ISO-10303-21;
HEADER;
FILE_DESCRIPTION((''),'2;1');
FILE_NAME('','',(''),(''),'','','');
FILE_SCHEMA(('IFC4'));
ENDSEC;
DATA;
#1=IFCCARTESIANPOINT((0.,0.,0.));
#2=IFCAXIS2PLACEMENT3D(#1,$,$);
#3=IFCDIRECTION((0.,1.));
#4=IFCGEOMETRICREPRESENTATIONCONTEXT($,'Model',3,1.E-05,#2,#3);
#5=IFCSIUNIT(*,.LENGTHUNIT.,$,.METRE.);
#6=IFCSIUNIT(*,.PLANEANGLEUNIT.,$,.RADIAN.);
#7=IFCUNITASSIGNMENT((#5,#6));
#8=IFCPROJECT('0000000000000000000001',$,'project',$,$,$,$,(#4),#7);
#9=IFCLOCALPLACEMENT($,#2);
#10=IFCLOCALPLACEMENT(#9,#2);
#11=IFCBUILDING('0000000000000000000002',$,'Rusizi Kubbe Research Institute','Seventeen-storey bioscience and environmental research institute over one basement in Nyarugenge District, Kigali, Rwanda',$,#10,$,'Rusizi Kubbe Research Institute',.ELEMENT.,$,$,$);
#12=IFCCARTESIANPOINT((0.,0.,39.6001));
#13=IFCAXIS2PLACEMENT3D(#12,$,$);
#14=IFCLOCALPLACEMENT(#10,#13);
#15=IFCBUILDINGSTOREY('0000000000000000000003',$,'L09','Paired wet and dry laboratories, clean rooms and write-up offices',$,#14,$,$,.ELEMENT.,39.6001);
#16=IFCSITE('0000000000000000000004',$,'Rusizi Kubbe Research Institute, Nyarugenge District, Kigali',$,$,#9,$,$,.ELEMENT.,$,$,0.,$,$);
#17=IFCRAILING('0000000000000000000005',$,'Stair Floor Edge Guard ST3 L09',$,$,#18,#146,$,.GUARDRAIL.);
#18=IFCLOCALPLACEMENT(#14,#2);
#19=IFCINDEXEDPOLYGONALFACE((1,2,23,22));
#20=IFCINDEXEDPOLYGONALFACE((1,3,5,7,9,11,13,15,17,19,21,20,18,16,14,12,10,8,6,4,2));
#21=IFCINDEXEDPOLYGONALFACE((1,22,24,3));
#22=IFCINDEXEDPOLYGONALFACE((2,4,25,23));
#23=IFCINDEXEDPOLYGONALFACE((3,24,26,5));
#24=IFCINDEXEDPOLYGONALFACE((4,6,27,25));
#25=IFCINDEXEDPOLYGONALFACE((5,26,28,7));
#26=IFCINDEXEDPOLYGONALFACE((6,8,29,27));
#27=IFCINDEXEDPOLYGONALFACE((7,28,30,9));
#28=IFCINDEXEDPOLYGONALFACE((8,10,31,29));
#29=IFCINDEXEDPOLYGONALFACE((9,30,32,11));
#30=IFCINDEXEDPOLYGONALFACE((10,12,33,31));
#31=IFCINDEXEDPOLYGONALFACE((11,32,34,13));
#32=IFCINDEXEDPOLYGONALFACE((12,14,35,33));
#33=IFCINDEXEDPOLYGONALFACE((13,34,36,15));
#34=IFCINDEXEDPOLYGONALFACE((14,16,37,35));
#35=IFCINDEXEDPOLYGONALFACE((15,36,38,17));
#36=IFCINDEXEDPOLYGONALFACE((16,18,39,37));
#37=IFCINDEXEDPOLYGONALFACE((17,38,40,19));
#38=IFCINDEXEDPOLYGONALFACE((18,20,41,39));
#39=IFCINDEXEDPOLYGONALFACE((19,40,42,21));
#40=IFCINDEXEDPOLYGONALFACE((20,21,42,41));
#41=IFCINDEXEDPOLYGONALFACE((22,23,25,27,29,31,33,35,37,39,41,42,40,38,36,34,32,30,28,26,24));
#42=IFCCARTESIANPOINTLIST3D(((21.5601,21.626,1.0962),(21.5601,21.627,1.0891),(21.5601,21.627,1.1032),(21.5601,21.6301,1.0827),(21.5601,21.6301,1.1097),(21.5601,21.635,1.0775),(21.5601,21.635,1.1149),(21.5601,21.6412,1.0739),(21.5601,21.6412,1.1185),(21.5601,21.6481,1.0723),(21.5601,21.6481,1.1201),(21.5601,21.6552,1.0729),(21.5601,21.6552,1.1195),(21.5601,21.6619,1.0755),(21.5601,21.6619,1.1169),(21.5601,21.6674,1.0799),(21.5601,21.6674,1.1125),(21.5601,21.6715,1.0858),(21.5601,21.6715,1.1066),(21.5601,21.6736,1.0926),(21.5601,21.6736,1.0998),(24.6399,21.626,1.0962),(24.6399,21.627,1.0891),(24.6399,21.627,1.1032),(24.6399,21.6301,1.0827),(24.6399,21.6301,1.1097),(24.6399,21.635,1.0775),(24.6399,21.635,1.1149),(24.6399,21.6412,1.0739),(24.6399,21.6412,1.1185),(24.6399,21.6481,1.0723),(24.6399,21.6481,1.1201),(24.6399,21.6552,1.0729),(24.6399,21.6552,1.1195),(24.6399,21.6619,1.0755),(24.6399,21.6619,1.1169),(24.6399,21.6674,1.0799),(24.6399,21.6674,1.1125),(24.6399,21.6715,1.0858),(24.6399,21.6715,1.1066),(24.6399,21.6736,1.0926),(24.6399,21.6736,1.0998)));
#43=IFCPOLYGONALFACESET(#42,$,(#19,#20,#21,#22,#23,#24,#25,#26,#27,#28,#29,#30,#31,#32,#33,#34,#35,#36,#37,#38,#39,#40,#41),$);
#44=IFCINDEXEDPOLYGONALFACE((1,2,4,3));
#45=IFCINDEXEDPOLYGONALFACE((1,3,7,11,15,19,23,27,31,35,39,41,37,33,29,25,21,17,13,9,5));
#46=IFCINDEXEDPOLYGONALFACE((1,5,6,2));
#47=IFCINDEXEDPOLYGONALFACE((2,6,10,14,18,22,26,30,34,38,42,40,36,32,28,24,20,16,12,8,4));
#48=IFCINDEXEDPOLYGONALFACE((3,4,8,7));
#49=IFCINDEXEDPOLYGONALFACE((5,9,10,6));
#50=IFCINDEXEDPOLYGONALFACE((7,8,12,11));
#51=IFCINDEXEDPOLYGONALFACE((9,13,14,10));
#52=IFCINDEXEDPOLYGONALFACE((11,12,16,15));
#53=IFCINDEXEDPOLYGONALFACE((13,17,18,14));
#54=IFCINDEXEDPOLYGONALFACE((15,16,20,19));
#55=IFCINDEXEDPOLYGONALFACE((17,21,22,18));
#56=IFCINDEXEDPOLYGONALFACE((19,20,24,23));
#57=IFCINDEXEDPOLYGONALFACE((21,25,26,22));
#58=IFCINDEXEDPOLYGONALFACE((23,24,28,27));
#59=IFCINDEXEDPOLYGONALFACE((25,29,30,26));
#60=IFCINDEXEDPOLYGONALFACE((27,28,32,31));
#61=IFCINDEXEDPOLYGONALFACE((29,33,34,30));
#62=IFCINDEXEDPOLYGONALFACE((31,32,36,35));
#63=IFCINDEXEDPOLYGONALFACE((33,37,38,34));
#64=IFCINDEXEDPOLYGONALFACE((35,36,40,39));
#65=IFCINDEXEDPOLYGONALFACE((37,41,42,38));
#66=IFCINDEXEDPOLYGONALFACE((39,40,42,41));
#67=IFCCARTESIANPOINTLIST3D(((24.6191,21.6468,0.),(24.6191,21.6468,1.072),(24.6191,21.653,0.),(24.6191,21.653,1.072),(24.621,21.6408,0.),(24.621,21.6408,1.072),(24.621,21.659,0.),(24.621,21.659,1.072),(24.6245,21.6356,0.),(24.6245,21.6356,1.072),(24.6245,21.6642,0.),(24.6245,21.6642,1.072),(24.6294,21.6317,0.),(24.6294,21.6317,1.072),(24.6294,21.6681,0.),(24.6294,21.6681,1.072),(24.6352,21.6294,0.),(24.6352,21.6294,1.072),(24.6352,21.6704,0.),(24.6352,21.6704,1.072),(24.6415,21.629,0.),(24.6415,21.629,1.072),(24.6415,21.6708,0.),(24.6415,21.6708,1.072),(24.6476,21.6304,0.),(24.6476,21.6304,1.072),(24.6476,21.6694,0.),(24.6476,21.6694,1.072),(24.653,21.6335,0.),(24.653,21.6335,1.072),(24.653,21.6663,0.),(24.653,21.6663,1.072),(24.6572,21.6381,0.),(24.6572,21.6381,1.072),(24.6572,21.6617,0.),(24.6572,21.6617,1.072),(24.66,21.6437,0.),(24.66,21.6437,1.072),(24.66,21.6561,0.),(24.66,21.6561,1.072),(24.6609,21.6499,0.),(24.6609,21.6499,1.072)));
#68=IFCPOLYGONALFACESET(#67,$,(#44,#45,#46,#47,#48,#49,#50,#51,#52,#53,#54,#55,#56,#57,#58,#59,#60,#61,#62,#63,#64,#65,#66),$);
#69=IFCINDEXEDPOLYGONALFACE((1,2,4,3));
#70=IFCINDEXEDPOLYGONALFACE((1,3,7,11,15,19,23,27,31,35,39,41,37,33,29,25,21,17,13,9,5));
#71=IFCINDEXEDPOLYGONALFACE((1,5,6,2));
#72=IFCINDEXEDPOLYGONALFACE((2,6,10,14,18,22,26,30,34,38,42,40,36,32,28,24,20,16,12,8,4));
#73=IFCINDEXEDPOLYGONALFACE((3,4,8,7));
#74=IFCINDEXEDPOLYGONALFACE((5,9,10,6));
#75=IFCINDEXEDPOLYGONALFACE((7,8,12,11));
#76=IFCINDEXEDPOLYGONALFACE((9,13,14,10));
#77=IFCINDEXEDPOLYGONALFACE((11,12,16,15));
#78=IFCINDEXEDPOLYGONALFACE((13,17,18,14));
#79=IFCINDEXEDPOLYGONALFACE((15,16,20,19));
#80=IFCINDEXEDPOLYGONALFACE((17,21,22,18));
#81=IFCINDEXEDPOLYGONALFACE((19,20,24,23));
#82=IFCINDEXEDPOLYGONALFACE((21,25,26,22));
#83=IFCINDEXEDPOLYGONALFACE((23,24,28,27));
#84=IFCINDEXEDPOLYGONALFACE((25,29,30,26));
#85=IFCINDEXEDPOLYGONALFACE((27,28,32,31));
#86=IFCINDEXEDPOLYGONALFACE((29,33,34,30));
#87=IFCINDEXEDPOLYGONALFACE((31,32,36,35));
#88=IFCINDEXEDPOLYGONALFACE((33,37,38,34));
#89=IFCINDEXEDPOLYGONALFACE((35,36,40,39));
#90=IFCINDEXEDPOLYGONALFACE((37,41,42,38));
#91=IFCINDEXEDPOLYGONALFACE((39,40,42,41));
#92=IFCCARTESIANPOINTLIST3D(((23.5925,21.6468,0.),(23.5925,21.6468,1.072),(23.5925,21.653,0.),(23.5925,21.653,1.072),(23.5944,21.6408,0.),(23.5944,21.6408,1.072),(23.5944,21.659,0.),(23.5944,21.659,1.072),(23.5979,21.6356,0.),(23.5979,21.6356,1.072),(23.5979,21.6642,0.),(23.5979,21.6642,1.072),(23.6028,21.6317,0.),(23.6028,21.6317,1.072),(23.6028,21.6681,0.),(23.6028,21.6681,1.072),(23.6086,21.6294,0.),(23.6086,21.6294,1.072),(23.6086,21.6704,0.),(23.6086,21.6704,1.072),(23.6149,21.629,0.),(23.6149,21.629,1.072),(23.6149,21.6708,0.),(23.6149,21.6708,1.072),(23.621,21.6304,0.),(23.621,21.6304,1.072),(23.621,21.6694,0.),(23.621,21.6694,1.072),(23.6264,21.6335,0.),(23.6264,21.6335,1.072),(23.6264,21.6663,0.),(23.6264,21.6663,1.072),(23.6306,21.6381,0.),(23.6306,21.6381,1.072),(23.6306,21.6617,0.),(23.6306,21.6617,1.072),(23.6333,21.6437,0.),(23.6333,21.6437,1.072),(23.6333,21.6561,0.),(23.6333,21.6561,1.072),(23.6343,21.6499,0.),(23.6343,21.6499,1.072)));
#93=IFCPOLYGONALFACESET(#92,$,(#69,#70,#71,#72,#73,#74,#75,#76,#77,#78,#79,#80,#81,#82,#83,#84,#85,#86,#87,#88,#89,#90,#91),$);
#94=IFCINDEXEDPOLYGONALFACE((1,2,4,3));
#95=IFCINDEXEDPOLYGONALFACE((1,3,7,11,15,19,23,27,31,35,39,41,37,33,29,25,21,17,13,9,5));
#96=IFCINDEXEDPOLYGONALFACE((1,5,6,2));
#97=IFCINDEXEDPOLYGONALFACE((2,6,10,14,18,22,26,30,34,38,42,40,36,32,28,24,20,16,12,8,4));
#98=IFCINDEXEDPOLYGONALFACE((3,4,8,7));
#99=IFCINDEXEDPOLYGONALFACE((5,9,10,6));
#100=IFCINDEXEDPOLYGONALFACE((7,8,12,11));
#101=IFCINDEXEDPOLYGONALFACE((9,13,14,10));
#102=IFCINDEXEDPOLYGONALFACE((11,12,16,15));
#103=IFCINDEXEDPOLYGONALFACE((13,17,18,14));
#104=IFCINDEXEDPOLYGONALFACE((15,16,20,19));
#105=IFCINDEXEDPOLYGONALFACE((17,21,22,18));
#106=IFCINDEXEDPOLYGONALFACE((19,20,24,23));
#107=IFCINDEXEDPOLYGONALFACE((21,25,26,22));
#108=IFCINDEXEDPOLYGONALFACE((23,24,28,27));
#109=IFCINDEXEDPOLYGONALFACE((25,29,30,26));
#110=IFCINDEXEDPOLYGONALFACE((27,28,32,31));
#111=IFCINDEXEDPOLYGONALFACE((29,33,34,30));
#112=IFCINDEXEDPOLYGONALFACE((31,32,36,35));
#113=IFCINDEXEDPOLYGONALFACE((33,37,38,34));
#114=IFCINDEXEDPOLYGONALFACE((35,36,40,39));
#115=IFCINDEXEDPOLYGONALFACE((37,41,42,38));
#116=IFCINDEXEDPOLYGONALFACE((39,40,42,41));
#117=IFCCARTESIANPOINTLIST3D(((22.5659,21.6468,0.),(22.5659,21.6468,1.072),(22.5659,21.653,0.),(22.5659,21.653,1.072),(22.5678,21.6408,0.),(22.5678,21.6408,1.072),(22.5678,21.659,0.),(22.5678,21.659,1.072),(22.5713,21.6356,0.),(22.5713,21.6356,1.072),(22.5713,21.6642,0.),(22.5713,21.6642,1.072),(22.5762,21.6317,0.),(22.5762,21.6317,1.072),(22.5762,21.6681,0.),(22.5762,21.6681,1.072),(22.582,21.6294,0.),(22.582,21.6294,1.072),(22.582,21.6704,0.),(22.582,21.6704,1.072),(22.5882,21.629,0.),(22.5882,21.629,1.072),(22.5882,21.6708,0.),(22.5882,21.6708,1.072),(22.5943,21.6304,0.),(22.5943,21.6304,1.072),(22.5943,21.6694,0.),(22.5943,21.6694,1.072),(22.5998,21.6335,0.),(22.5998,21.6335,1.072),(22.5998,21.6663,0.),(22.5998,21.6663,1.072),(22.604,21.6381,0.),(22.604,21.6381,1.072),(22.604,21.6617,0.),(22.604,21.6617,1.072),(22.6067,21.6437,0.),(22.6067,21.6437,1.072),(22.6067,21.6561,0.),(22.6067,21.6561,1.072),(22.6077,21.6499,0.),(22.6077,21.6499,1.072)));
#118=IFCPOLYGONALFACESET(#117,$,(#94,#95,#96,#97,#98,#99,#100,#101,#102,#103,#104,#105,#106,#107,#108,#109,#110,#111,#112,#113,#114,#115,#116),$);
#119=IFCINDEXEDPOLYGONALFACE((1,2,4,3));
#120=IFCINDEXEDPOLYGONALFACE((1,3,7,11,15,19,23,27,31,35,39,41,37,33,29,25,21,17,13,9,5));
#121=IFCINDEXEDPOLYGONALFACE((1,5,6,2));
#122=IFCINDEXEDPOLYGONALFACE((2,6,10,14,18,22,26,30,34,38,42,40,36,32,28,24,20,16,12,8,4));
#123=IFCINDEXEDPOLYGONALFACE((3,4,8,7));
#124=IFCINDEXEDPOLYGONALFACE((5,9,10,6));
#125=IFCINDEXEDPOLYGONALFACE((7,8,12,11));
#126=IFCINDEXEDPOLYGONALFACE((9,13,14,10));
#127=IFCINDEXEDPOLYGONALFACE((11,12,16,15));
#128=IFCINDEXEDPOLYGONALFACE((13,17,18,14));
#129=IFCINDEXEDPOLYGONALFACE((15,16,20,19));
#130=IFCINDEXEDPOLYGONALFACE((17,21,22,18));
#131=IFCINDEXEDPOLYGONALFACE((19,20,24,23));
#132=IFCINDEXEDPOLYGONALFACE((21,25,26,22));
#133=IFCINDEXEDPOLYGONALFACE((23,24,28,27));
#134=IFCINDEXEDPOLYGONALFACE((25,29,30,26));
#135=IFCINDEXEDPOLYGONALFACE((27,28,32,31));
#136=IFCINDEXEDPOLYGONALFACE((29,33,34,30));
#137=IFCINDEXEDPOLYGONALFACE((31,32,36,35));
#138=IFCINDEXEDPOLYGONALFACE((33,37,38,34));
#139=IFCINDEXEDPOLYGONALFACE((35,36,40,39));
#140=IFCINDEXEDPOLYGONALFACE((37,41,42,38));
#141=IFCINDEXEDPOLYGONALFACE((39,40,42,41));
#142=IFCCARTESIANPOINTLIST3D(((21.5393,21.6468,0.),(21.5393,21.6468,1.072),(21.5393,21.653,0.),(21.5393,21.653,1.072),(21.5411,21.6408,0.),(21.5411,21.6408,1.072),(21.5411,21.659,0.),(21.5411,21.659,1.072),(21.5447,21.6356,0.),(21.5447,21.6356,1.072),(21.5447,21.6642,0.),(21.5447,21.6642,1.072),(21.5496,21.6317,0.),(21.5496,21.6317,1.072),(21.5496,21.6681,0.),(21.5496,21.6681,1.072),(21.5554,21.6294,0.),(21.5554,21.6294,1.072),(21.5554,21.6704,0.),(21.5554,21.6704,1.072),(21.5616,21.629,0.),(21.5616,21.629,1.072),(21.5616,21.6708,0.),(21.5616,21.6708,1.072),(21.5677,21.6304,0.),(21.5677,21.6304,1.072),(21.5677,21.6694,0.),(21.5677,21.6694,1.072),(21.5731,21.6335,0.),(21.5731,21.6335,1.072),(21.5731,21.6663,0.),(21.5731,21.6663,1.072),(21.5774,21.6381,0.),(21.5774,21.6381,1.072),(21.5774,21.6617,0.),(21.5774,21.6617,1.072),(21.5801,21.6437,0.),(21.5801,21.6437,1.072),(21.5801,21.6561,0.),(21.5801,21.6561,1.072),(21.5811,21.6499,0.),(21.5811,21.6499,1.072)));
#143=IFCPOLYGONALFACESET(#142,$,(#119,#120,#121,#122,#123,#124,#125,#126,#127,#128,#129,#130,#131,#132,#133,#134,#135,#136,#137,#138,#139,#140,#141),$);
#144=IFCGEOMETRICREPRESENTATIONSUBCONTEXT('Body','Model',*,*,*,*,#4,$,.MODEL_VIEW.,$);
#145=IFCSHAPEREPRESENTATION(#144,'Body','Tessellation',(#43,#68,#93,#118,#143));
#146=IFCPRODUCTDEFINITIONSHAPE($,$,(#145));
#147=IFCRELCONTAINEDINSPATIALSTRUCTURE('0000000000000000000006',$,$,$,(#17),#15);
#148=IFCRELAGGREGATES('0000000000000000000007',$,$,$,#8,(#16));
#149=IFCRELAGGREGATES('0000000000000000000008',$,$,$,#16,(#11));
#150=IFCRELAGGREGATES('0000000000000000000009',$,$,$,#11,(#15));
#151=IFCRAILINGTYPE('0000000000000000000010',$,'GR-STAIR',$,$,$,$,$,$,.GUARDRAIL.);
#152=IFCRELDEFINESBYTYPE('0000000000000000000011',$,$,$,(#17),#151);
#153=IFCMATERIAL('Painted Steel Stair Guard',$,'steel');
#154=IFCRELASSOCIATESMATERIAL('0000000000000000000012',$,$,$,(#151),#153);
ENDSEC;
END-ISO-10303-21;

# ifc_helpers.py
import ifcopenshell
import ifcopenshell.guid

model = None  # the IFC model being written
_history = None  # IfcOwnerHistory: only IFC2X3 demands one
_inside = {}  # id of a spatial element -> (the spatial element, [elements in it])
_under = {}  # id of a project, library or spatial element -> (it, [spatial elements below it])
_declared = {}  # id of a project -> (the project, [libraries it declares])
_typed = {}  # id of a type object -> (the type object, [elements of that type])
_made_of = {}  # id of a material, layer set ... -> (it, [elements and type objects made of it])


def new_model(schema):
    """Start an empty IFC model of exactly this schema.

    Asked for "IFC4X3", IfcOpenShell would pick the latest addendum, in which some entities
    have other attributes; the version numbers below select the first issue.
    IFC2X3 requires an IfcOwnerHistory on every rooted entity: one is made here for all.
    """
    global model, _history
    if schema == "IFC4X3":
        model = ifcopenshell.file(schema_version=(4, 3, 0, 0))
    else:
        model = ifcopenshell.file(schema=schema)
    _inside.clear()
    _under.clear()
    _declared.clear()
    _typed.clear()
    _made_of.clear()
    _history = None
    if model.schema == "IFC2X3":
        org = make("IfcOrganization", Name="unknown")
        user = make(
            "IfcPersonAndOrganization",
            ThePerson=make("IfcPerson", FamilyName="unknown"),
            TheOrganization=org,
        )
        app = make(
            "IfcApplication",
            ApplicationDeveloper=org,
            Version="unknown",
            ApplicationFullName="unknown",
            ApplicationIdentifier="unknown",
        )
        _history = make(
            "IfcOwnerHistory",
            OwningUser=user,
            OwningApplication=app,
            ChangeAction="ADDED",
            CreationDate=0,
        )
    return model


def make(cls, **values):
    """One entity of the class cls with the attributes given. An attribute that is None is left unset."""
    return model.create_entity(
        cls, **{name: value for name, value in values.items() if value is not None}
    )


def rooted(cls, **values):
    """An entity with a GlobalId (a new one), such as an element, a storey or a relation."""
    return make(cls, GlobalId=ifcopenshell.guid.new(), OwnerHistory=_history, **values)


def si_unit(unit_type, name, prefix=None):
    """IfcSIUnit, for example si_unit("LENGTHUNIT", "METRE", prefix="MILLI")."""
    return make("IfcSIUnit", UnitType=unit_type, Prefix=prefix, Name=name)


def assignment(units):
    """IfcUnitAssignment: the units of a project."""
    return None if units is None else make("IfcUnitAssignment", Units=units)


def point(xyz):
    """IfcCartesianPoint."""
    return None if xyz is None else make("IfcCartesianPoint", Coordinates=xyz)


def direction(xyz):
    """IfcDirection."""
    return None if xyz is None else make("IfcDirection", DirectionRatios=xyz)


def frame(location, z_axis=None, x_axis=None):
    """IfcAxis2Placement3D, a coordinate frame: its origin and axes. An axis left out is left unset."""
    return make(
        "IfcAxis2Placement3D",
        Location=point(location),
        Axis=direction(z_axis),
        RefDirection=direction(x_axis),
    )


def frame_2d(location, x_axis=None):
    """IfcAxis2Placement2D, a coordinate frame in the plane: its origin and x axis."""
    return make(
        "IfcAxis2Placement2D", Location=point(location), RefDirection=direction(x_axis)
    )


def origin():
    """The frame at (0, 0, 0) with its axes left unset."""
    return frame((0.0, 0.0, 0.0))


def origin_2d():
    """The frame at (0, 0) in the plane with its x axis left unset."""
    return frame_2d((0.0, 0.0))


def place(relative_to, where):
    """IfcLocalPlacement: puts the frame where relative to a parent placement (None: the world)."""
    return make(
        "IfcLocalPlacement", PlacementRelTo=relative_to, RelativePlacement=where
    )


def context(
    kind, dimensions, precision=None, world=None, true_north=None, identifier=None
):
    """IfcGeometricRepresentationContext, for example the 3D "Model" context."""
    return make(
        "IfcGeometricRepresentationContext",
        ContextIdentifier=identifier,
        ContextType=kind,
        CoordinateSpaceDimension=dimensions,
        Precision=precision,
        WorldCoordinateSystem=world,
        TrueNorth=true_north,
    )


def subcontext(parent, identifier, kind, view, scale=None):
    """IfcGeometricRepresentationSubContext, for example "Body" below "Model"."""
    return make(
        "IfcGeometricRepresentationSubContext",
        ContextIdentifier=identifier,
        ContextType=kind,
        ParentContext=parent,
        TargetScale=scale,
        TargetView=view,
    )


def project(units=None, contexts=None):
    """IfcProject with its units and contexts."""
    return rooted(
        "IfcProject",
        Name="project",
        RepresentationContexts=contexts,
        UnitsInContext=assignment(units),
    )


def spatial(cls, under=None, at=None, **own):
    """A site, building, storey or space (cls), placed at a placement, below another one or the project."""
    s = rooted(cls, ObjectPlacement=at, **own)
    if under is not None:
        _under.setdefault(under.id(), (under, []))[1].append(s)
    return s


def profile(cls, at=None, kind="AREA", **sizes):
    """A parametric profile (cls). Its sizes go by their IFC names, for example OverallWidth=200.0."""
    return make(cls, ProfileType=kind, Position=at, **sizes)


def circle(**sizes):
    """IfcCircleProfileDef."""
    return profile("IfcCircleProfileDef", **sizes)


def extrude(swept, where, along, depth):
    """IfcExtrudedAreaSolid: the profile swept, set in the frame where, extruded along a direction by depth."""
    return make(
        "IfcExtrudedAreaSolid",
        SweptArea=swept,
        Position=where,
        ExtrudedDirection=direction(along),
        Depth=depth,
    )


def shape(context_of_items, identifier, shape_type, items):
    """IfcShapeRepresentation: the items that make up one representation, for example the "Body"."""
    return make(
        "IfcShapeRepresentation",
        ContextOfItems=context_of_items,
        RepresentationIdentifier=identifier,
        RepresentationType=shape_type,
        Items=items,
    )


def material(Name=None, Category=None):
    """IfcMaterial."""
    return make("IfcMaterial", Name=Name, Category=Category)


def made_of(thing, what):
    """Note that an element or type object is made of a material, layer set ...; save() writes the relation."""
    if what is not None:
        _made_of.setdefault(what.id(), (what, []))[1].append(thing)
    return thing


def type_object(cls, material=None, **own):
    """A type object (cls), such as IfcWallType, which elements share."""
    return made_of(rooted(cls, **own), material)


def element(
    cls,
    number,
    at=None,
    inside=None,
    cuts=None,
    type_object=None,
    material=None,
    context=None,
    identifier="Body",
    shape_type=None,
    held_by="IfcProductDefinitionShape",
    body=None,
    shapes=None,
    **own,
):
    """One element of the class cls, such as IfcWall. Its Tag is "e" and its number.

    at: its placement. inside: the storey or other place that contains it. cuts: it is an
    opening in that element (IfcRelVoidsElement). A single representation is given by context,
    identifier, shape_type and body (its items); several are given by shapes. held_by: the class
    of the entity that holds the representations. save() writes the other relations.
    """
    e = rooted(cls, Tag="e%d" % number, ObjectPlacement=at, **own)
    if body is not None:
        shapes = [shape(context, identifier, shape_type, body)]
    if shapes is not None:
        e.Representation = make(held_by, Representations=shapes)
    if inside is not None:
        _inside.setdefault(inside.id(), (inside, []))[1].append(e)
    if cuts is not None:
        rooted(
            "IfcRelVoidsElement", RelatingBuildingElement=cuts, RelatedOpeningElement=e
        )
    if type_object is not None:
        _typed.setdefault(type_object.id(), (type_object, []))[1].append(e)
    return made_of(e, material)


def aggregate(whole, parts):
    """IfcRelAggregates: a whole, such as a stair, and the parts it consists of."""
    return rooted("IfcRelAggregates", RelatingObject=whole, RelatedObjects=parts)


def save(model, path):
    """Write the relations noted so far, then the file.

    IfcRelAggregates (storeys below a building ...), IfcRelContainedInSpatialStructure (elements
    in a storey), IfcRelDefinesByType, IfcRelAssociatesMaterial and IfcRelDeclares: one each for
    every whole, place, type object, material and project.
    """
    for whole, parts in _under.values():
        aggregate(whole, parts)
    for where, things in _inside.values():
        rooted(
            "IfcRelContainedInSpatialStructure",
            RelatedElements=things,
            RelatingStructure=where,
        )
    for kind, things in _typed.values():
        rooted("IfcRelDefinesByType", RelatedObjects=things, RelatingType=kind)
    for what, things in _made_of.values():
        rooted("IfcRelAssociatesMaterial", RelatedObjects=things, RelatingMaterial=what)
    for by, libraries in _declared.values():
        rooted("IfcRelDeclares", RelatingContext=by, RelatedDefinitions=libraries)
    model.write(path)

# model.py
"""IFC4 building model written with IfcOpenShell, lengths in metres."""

from ifc_helpers import new_model, si_unit, direction, frame, origin, origin_2d, place, context, subcontext, project, spatial, circle, extrude, material, type_object, element, save


model = new_model("IFC4")

# Units and contexts
model_context = context("Model", 3, precision=1e-05, world=origin(), true_north=direction((0.0, 1.0)))
body_context = subcontext(model_context, "Body", "Model", "MODEL_VIEW")
ifc_project = project(units=[si_unit("LENGTHUNIT", "METRE"), si_unit("PLANEANGLEUNIT", "RADIAN")], contexts=[model_context])

# Site, building, storey
site_placement = place(None, origin())
site = spatial("IfcSite", under=ifc_project, at=site_placement, Name="Rusizi Kubbe Research Institute, Nyarugenge District, Kigali", CompositionType="ELEMENT", RefElevation=0.0)
building_placement = place(site_placement, origin())
building = spatial("IfcBuilding", under=site, at=building_placement, Name="Rusizi Kubbe Research Institute", Description="Seventeen-storey bioscience and environmental research institute over one basement in Nyarugenge District, Kigali, Rwanda", LongName="Rusizi Kubbe Research Institute", CompositionType="ELEMENT")
storey_placement = place(building_placement, frame((0.0, 0.0, 39.6001)))
storey = spatial("IfcBuildingStorey", under=building, at=storey_placement, Name="L09", Description="Paired wet and dry laboratories, clean rooms and write-up offices", CompositionType="ELEMENT", Elevation=39.6001)

# Railing
ifc_material_1 = material(Name="Painted Steel Stair Guard", Category="steel")
railing_type = type_object("IfcRailingType", Name="GR-STAIR", PredefinedType="GUARDRAIL", material=ifc_material_1)
railing_1_placement = place(storey_placement, frame((24.6399, 21.6499, 0.0)))
element("IfcRailing", 1, at=railing_1_placement, inside=storey, type_object=railing_type, Name="Stair Floor Edge Guard ST3 L09", PredefinedType="GUARDRAIL", context=body_context, shape_type="SweptSolid", body=[
    extrude(circle(Radius=0.0239, at=origin_2d()), frame((0.0, 0.0, 1.0962), z_axis=(-1.0, 0.0, 0.0), x_axis=(0.0, -1.0, 0.0)), (0.0, 0.0, 1.0), 3.0798),
    extrude(circle(Radius=0.021, at=origin_2d()), origin(), (0.0, 0.0, 1.0), 1.072),
    extrude(circle(Radius=0.021, at=origin_2d()), frame((-1.0266, 0.0, 0.0)), (0.0, 0.0, 1.0), 1.072),
    extrude(circle(Radius=0.021, at=origin_2d()), frame((-2.0532, 0.0, 0.0)), (0.0, 0.0, 1.0), 1.072),
    extrude(circle(Radius=0.021, at=origin_2d()), frame((-3.0798, 0.0, 0.0)), (0.0, 0.0, 1.0), 1.072),
])

save(model, "model.ifc")
